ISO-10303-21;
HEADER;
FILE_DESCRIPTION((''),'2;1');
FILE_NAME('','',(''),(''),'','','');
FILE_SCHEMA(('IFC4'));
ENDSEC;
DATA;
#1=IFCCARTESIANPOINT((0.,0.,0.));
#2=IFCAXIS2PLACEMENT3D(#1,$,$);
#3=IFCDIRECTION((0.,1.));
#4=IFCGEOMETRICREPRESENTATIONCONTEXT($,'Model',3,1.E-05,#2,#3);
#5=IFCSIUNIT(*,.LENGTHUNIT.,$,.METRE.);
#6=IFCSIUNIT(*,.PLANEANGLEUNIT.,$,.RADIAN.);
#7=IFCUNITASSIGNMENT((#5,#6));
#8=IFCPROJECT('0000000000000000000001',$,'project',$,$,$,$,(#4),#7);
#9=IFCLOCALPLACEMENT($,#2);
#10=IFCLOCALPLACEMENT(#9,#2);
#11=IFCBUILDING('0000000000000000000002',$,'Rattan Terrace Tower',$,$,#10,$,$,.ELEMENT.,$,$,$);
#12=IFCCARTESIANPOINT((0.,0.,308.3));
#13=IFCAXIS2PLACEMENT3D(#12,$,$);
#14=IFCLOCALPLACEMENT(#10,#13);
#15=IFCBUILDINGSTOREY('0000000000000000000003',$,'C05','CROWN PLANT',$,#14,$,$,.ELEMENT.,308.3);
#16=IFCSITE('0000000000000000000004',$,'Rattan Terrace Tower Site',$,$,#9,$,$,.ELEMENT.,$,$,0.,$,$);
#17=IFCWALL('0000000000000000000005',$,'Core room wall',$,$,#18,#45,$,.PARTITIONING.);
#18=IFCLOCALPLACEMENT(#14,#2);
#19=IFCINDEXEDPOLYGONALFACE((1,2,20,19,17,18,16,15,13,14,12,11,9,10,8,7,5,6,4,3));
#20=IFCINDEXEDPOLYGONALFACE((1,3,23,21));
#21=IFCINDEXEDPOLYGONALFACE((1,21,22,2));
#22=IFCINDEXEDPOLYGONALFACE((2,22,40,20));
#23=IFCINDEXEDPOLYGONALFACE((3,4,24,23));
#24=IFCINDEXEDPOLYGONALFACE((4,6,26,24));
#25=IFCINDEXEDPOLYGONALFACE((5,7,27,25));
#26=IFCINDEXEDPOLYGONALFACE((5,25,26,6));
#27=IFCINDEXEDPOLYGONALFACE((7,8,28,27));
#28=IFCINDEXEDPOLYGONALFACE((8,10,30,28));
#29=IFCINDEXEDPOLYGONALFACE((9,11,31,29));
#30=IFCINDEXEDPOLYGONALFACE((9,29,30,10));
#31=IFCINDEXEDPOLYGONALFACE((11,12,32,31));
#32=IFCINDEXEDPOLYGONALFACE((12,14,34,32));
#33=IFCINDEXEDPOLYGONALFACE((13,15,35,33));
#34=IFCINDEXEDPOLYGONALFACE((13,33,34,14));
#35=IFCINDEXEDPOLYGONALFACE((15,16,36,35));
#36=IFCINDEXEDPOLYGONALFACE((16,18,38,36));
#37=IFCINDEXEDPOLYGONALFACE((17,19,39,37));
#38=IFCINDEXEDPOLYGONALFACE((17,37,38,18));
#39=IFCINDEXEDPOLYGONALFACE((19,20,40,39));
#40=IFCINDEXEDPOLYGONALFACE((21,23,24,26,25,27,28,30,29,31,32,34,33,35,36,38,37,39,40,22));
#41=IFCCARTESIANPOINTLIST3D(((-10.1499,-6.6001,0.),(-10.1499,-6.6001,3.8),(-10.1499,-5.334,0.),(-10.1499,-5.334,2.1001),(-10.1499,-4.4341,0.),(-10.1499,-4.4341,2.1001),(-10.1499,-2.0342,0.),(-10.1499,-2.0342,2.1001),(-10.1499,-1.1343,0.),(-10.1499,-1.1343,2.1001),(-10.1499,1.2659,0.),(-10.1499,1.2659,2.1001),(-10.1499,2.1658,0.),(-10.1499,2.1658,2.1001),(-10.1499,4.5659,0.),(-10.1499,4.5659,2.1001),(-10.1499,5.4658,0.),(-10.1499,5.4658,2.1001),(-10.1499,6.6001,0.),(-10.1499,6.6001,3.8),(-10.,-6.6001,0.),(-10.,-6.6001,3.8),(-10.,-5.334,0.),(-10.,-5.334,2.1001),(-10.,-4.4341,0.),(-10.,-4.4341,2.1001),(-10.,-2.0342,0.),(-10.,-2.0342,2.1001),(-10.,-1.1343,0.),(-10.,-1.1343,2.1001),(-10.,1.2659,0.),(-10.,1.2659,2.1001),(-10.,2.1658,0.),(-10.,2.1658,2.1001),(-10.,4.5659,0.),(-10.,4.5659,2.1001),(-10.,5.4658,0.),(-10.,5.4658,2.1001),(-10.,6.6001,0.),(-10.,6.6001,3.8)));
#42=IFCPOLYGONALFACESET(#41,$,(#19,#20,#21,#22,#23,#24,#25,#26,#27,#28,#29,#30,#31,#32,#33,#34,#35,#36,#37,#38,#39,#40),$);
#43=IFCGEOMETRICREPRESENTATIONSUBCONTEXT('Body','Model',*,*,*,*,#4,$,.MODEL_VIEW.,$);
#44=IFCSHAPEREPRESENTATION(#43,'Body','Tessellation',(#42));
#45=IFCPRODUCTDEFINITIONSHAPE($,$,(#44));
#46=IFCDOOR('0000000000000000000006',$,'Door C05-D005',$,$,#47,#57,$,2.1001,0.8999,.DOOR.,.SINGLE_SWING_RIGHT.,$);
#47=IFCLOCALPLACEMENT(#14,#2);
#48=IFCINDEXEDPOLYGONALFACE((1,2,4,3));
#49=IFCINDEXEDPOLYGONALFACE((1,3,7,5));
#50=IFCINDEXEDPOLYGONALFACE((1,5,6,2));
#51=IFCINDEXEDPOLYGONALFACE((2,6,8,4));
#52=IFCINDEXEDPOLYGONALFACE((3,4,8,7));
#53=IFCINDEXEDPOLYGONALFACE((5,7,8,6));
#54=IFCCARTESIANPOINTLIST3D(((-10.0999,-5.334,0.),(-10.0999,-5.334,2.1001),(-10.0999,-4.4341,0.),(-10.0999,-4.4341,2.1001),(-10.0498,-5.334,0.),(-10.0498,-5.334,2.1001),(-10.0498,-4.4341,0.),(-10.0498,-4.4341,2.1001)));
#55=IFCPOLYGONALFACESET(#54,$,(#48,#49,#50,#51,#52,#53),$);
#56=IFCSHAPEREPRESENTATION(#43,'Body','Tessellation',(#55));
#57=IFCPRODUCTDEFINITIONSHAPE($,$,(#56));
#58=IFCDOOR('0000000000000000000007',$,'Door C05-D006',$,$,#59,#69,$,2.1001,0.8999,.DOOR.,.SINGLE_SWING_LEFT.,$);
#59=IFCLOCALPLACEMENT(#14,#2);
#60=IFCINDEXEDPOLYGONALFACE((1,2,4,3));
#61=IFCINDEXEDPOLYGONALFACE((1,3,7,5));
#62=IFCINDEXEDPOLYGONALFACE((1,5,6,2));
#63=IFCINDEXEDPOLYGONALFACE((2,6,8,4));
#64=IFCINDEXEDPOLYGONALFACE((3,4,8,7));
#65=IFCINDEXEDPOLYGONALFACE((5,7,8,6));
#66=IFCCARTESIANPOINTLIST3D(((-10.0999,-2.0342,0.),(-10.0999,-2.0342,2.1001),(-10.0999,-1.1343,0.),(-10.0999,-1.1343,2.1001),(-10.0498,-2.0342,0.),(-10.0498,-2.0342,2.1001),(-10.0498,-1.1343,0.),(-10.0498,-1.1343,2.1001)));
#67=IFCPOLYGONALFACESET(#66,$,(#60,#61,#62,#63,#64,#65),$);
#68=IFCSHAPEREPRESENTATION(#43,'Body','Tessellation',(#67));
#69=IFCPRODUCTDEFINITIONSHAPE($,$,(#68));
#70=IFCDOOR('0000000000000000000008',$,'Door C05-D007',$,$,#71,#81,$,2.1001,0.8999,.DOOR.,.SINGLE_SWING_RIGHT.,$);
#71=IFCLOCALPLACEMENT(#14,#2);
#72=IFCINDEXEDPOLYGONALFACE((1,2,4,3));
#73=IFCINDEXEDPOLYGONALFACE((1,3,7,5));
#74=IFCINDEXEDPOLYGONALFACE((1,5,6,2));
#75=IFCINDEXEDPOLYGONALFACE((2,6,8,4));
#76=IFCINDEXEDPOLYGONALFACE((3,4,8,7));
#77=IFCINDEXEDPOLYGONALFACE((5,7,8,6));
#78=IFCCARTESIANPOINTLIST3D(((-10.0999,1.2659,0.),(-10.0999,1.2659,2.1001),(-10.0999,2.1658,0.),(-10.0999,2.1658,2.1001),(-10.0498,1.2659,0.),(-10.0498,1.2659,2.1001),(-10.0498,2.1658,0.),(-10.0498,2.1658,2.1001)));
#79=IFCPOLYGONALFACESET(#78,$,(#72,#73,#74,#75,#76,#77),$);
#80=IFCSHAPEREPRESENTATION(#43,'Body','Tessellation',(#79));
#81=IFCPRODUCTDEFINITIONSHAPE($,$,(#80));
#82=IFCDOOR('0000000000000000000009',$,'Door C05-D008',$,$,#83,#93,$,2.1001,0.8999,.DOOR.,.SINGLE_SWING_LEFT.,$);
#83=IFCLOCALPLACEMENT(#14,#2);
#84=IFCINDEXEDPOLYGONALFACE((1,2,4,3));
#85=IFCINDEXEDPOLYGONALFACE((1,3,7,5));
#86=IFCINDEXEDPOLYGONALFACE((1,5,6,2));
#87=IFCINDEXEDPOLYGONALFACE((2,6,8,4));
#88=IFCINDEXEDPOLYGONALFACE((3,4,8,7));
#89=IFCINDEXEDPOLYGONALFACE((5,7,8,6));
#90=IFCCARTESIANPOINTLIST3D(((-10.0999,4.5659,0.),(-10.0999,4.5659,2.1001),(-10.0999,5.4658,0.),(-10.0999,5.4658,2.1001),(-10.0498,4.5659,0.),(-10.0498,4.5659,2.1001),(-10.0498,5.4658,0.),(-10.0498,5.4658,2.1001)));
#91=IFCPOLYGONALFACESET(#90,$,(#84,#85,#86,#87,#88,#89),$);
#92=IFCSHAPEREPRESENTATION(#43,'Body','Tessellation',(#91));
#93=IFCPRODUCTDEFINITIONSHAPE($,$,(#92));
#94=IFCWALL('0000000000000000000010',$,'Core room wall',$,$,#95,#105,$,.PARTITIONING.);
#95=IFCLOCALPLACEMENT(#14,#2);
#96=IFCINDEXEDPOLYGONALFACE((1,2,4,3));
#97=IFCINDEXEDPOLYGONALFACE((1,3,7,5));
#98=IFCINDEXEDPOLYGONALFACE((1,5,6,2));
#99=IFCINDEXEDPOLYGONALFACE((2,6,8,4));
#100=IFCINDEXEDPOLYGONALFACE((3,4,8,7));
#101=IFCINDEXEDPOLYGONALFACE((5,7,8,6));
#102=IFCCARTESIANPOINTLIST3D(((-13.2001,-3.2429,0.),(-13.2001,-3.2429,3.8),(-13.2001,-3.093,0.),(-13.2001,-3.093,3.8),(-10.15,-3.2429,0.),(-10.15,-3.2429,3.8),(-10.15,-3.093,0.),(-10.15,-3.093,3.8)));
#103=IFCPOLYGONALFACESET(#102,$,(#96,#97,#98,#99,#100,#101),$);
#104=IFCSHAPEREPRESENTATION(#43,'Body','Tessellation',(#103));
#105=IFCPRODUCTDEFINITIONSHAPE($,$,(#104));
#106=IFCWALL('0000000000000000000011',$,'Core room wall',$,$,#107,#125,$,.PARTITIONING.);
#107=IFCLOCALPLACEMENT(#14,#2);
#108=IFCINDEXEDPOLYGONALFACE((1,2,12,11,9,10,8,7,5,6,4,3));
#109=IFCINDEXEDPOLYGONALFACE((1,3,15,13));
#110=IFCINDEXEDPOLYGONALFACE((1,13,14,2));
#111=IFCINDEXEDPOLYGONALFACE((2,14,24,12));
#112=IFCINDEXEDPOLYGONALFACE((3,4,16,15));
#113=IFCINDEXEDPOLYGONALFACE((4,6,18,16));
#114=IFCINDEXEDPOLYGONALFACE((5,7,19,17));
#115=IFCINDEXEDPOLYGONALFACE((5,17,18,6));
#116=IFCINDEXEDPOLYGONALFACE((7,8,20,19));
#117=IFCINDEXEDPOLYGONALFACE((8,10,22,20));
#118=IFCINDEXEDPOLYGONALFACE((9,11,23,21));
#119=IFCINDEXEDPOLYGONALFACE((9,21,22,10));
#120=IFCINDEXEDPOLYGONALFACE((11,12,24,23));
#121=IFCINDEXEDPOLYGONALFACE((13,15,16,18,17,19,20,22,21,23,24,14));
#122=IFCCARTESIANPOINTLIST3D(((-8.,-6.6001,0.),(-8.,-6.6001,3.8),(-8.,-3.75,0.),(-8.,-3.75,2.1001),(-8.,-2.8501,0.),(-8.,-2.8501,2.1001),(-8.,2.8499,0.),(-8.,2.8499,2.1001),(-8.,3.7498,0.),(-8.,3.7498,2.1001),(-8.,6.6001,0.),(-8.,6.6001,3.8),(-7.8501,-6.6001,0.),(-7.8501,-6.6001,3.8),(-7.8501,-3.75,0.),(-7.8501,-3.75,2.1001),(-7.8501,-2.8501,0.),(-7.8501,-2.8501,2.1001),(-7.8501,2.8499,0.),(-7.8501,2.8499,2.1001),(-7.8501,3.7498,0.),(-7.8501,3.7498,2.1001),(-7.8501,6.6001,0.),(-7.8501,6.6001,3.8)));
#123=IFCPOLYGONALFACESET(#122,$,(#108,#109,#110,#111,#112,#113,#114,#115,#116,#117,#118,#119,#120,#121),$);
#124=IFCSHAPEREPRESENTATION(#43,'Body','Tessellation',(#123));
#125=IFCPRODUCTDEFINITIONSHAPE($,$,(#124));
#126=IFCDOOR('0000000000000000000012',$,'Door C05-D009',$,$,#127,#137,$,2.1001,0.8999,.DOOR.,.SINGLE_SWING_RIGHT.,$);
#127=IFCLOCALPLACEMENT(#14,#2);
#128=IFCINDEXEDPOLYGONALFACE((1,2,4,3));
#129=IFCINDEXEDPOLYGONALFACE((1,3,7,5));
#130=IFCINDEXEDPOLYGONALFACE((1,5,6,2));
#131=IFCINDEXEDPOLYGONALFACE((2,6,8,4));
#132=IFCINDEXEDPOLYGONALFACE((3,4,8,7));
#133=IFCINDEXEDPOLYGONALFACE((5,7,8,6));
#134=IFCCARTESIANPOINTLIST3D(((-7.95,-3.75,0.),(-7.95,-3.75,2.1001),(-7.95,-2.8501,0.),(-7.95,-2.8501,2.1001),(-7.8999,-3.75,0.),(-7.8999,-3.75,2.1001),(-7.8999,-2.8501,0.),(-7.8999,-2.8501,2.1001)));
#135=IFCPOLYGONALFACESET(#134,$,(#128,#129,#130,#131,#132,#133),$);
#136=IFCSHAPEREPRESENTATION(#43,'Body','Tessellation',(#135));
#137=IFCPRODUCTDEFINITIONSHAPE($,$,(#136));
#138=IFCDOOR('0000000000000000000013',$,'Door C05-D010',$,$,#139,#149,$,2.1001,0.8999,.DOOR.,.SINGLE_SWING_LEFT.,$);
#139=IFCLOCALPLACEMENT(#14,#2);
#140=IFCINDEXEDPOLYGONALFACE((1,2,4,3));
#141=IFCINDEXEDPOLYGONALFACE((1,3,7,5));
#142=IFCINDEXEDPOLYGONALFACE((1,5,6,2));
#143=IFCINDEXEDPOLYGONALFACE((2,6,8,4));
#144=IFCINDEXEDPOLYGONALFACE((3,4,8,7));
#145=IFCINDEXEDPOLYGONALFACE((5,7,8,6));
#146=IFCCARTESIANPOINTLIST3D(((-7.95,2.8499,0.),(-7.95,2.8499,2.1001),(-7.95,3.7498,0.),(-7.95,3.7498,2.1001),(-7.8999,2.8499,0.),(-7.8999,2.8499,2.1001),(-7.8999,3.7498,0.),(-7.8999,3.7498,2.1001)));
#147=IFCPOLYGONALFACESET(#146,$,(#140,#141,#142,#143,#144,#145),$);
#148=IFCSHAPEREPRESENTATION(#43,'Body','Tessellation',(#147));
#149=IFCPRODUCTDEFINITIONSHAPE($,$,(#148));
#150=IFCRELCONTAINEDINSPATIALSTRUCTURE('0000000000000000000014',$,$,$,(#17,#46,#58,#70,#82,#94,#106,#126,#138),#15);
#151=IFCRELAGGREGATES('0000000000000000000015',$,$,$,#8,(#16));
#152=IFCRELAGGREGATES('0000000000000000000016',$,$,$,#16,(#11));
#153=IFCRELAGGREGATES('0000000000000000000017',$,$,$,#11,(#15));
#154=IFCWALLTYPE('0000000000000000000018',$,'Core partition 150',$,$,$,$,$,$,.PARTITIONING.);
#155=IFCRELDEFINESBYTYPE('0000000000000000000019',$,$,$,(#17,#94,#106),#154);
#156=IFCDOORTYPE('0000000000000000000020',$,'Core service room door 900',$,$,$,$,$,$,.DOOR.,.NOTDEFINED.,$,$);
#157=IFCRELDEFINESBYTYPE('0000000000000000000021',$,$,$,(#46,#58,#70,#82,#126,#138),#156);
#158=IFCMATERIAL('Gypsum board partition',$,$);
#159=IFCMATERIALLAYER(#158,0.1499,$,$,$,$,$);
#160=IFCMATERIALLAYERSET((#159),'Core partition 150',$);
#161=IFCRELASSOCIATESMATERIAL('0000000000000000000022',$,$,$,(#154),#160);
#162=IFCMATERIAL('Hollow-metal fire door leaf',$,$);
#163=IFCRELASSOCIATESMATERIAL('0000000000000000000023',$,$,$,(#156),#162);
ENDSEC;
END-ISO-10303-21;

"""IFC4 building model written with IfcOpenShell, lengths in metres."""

from ifc_helpers import new_model, si_unit, direction, frame, frame_2d, origin, place, context, subcontext, project, spatial, rectangle, extrude, material, layer, layer_set, type_object, element, fill, save


model = new_model("IFC4")

# Units and contexts
model_context = context("Model", 3, precision=1e-05, world=origin(), true_north=direction((0.0, 1.0)))
body_context = subcontext(model_context, "Body", "Model", "MODEL_VIEW")
ifc_project = project(units=[si_unit("LENGTHUNIT", "METRE"), si_unit("PLANEANGLEUNIT", "RADIAN")], contexts=[model_context])

# Site, building, storey
site_placement = place(None, origin())
site = spatial("IfcSite", under=ifc_project, at=site_placement, Name="Rattan Terrace Tower Site", CompositionType="ELEMENT", RefElevation=0.0)
building_placement = place(site_placement, origin())
building = spatial("IfcBuilding", under=site, at=building_placement, Name="Rattan Terrace Tower", CompositionType="ELEMENT")
storey_placement = place(building_placement, frame((0.0, 0.0, 308.3)))
storey = spatial("IfcBuildingStorey", under=building, at=storey_placement, Name="C05", Description="CROWN PLANT", CompositionType="ELEMENT", Elevation=308.3)

# Wall, openings, doors
ifc_material_1 = material(Name="Gypsum board partition")
ifc_layer_1 = layer(ifc_material_1, 0.1499)
ifc_layer_set_1 = layer_set([ifc_layer_1], Name="Core partition 150")
wall_type_1 = type_object("IfcWallType", Name="Core partition 150", PredefinedType="PARTITIONING", material=ifc_layer_set_1)
wall_1_placement = place(storey_placement, frame((-10.075, -6.6001, 0.0), z_axis=(0.0, 0.0, 1.0), x_axis=(0.0, 1.0, 0.0)))
wall_1 = element("IfcWall", 1, at=wall_1_placement, inside=storey, type_object=wall_type_1, Name="Core room wall", PredefinedType="PARTITIONING", context=body_context, shape_type="SweptSolid", body=[
    extrude(rectangle(XDim=13.2002, YDim=0.1499, at=frame_2d((6.6001, 0.0))), origin(), (0.0, 0.0, 1.0), 3.8),
])
opening_1_placement = place(wall_1_placement, frame((1.2661, 0.0, 0.0)))
opening_1 = element("IfcOpeningElement", 2, at=opening_1_placement, cuts=wall_1, PredefinedType="OPENING", context=body_context, shape_type="SweptSolid", body=[
    extrude(rectangle(XDim=0.8999, YDim=2.1001, at=frame_2d((0.45, 1.05))), frame((0.0, 0.0854, 0.0), z_axis=(0.0, -1.0, 0.0), x_axis=(1.0, 0.0, 0.0)), (0.0, 0.0, 1.0), 0.1709),
])
opening_2_placement = place(wall_1_placement, frame((4.5659, 0.0, 0.0)))
opening_2 = element("IfcOpeningElement", 3, at=opening_2_placement, cuts=wall_1, PredefinedType="OPENING", context=body_context, shape_type="SweptSolid", body=[
    extrude(rectangle(XDim=0.8999, YDim=2.1001, at=frame_2d((0.45, 1.05))), frame((0.0, 0.0854, 0.0), z_axis=(0.0, -1.0, 0.0), x_axis=(1.0, 0.0, 0.0)), (0.0, 0.0, 1.0), 0.1709),
])
opening_3_placement = place(wall_1_placement, frame((7.866, 0.0, 0.0)))
opening_3 = element("IfcOpeningElement", 4, at=opening_3_placement, cuts=wall_1, PredefinedType="OPENING", context=body_context, shape_type="SweptSolid", body=[
    extrude(rectangle(XDim=0.8999, YDim=2.1001, at=frame_2d((0.45, 1.05))), frame((0.0, 0.0854, 0.0), z_axis=(0.0, -1.0, 0.0), x_axis=(1.0, 0.0, 0.0)), (0.0, 0.0, 1.0), 0.1709),
])
opening_4_placement = place(wall_1_placement, frame((11.166, 0.0, 0.0)))
opening_4 = element("IfcOpeningElement", 5, at=opening_4_placement, cuts=wall_1, PredefinedType="OPENING", context=body_context, shape_type="SweptSolid", body=[
    extrude(rectangle(XDim=0.8999, YDim=2.1001, at=frame_2d((0.45, 1.05))), frame((0.0, 0.0854, 0.0), z_axis=(0.0, -1.0, 0.0), x_axis=(1.0, 0.0, 0.0)), (0.0, 0.0, 1.0), 0.1709),
])
ifc_material_2 = material(Name="Hollow-metal fire door leaf")
door_type_1 = type_object("IfcDoorType", Name="Core service room door 900", OperationType="NOTDEFINED", PredefinedType="DOOR", material=ifc_material_2)
door_1_placement = place(opening_1_placement, origin())
door_1 = element("IfcDoor", 6, at=door_1_placement, inside=storey, type_object=door_type_1, Name="Door C05-D005", OperationType="SINGLE_SWING_RIGHT", OverallHeight=2.1001, OverallWidth=0.8999, PredefinedType="DOOR", context=body_context, shape_type="SweptSolid", body=[
    extrude(rectangle(XDim=0.8999, YDim=2.1001, at=frame_2d((0.45, 1.05))), frame((0.0, 0.0249, 0.0), z_axis=(0.0, -1.0, 0.0), x_axis=(1.0, 0.0, 0.0)), (0.0, 0.0, 1.0), 0.05),
])
fill(opening_1, door_1)
door_2_placement = place(opening_2_placement, origin())
door_2 = element("IfcDoor", 7, at=door_2_placement, inside=storey, type_object=door_type_1, Name="Door C05-D006", OperationType="SINGLE_SWING_LEFT", OverallHeight=2.1001, OverallWidth=0.8999, PredefinedType="DOOR", context=body_context, shape_type="SweptSolid", body=[
    extrude(rectangle(XDim=0.8999, YDim=2.1001, at=frame_2d((0.45, 1.05))), frame((0.0, 0.0249, 0.0), z_axis=(0.0, -1.0, 0.0), x_axis=(1.0, 0.0, 0.0)), (0.0, 0.0, 1.0), 0.05),
])
fill(opening_2, door_2)
door_3_placement = place(opening_3_placement, origin())
door_3 = element("IfcDoor", 8, at=door_3_placement, inside=storey, type_object=door_type_1, Name="Door C05-D007", OperationType="SINGLE_SWING_RIGHT", OverallHeight=2.1001, OverallWidth=0.8999, PredefinedType="DOOR", context=body_context, shape_type="SweptSolid", body=[
    extrude(rectangle(XDim=0.8999, YDim=2.1001, at=frame_2d((0.45, 1.05))), frame((0.0, 0.0249, 0.0), z_axis=(0.0, -1.0, 0.0), x_axis=(1.0, 0.0, 0.0)), (0.0, 0.0, 1.0), 0.05),
])
fill(opening_3, door_3)
door_4_placement = place(opening_4_placement, origin())
door_4 = element("IfcDoor", 9, at=door_4_placement, inside=storey, type_object=door_type_1, Name="Door C05-D008", OperationType="SINGLE_SWING_LEFT", OverallHeight=2.1001, OverallWidth=0.8999, PredefinedType="DOOR", context=body_context, shape_type="SweptSolid", body=[
    extrude(rectangle(XDim=0.8999, YDim=2.1001, at=frame_2d((0.45, 1.05))), frame((0.0, 0.0249, 0.0), z_axis=(0.0, -1.0, 0.0), x_axis=(1.0, 0.0, 0.0)), (0.0, 0.0, 1.0), 0.05),
])
fill(opening_4, door_4)

# Wall
wall_2_placement = place(storey_placement, frame((-13.2, -3.168, 0.0), z_axis=(0.0, 0.0, 1.0), x_axis=(1.0, 0.0, 0.0)))
element("IfcWall", 10, at=wall_2_placement, inside=storey, type_object=wall_type_1, Name="Core room wall", PredefinedType="PARTITIONING", context=body_context, shape_type="SweptSolid", body=[
    extrude(rectangle(XDim=3.05, YDim=0.1499, at=frame_2d((1.5249, 0.0))), origin(), (0.0, 0.0, 1.0), 3.8),
])

# Wall, openings, doors
wall_3_placement = place(storey_placement, frame((-7.925, -6.6001, 0.0), z_axis=(0.0, 0.0, 1.0), x_axis=(0.0, 1.0, 0.0)))
wall_3 = element("IfcWall", 11, at=wall_3_placement, inside=storey, type_object=wall_type_1, Name="Core room wall", PredefinedType="PARTITIONING", context=body_context, shape_type="SweptSolid", body=[
    extrude(rectangle(XDim=13.2002, YDim=0.1499, at=frame_2d((6.6001, 0.0))), origin(), (0.0, 0.0, 1.0), 3.8),
])
opening_5_placement = place(wall_3_placement, frame((2.8501, 0.0, 0.0)))
opening_5 = element("IfcOpeningElement", 12, at=opening_5_placement, cuts=wall_3, PredefinedType="OPENING", context=body_context, shape_type="SweptSolid", body=[
    extrude(rectangle(XDim=0.8999, YDim=2.1001, at=frame_2d((0.45, 1.05))), frame((0.0, 0.0854, 0.0), z_axis=(0.0, -1.0, 0.0), x_axis=(1.0, 0.0, 0.0)), (0.0, 0.0, 1.0), 0.1709),
])
opening_6_placement = place(wall_3_placement, frame((9.45, 0.0, 0.0)))
opening_6 = element("IfcOpeningElement", 13, at=opening_6_placement, cuts=wall_3, PredefinedType="OPENING", context=body_context, shape_type="SweptSolid", body=[
    extrude(rectangle(XDim=0.8999, YDim=2.1001, at=frame_2d((0.45, 1.05))), frame((0.0, 0.0854, 0.0), z_axis=(0.0, -1.0, 0.0), x_axis=(1.0, 0.0, 0.0)), (0.0, 0.0, 1.0), 0.1709),
])
door_5_placement = place(opening_5_placement, origin())
door_5 = element("IfcDoor", 14, at=door_5_placement, inside=storey, type_object=door_type_1, Name="Door C05-D009", OperationType="SINGLE_SWING_RIGHT", OverallHeight=2.1001, OverallWidth=0.8999, PredefinedType="DOOR", context=body_context, shape_type="SweptSolid", body=[
    extrude(rectangle(XDim=0.8999, YDim=2.1001, at=frame_2d((0.45, 1.05))), frame((0.0, 0.0249, 0.0), z_axis=(0.0, -1.0, 0.0), x_axis=(1.0, 0.0, 0.0)), (0.0, 0.0, 1.0), 0.05),
])
fill(opening_5, door_5)
door_6_placement = place(opening_6_placement, origin())
door_6 = element("IfcDoor", 15, at=door_6_placement, inside=storey, type_object=door_type_1, Name="Door C05-D010", OperationType="SINGLE_SWING_LEFT", OverallHeight=2.1001, OverallWidth=0.8999, PredefinedType="DOOR", context=body_context, shape_type="SweptSolid", body=[
    extrude(rectangle(XDim=0.8999, YDim=2.1001, at=frame_2d((0.45, 1.05))), frame((0.0, 0.0249, 0.0), z_axis=(0.0, -1.0, 0.0), x_axis=(1.0, 0.0, 0.0)), (0.0, 0.0, 1.0), 0.05),
])
fill(opening_6, door_6)

save(model, "model.ifc")
